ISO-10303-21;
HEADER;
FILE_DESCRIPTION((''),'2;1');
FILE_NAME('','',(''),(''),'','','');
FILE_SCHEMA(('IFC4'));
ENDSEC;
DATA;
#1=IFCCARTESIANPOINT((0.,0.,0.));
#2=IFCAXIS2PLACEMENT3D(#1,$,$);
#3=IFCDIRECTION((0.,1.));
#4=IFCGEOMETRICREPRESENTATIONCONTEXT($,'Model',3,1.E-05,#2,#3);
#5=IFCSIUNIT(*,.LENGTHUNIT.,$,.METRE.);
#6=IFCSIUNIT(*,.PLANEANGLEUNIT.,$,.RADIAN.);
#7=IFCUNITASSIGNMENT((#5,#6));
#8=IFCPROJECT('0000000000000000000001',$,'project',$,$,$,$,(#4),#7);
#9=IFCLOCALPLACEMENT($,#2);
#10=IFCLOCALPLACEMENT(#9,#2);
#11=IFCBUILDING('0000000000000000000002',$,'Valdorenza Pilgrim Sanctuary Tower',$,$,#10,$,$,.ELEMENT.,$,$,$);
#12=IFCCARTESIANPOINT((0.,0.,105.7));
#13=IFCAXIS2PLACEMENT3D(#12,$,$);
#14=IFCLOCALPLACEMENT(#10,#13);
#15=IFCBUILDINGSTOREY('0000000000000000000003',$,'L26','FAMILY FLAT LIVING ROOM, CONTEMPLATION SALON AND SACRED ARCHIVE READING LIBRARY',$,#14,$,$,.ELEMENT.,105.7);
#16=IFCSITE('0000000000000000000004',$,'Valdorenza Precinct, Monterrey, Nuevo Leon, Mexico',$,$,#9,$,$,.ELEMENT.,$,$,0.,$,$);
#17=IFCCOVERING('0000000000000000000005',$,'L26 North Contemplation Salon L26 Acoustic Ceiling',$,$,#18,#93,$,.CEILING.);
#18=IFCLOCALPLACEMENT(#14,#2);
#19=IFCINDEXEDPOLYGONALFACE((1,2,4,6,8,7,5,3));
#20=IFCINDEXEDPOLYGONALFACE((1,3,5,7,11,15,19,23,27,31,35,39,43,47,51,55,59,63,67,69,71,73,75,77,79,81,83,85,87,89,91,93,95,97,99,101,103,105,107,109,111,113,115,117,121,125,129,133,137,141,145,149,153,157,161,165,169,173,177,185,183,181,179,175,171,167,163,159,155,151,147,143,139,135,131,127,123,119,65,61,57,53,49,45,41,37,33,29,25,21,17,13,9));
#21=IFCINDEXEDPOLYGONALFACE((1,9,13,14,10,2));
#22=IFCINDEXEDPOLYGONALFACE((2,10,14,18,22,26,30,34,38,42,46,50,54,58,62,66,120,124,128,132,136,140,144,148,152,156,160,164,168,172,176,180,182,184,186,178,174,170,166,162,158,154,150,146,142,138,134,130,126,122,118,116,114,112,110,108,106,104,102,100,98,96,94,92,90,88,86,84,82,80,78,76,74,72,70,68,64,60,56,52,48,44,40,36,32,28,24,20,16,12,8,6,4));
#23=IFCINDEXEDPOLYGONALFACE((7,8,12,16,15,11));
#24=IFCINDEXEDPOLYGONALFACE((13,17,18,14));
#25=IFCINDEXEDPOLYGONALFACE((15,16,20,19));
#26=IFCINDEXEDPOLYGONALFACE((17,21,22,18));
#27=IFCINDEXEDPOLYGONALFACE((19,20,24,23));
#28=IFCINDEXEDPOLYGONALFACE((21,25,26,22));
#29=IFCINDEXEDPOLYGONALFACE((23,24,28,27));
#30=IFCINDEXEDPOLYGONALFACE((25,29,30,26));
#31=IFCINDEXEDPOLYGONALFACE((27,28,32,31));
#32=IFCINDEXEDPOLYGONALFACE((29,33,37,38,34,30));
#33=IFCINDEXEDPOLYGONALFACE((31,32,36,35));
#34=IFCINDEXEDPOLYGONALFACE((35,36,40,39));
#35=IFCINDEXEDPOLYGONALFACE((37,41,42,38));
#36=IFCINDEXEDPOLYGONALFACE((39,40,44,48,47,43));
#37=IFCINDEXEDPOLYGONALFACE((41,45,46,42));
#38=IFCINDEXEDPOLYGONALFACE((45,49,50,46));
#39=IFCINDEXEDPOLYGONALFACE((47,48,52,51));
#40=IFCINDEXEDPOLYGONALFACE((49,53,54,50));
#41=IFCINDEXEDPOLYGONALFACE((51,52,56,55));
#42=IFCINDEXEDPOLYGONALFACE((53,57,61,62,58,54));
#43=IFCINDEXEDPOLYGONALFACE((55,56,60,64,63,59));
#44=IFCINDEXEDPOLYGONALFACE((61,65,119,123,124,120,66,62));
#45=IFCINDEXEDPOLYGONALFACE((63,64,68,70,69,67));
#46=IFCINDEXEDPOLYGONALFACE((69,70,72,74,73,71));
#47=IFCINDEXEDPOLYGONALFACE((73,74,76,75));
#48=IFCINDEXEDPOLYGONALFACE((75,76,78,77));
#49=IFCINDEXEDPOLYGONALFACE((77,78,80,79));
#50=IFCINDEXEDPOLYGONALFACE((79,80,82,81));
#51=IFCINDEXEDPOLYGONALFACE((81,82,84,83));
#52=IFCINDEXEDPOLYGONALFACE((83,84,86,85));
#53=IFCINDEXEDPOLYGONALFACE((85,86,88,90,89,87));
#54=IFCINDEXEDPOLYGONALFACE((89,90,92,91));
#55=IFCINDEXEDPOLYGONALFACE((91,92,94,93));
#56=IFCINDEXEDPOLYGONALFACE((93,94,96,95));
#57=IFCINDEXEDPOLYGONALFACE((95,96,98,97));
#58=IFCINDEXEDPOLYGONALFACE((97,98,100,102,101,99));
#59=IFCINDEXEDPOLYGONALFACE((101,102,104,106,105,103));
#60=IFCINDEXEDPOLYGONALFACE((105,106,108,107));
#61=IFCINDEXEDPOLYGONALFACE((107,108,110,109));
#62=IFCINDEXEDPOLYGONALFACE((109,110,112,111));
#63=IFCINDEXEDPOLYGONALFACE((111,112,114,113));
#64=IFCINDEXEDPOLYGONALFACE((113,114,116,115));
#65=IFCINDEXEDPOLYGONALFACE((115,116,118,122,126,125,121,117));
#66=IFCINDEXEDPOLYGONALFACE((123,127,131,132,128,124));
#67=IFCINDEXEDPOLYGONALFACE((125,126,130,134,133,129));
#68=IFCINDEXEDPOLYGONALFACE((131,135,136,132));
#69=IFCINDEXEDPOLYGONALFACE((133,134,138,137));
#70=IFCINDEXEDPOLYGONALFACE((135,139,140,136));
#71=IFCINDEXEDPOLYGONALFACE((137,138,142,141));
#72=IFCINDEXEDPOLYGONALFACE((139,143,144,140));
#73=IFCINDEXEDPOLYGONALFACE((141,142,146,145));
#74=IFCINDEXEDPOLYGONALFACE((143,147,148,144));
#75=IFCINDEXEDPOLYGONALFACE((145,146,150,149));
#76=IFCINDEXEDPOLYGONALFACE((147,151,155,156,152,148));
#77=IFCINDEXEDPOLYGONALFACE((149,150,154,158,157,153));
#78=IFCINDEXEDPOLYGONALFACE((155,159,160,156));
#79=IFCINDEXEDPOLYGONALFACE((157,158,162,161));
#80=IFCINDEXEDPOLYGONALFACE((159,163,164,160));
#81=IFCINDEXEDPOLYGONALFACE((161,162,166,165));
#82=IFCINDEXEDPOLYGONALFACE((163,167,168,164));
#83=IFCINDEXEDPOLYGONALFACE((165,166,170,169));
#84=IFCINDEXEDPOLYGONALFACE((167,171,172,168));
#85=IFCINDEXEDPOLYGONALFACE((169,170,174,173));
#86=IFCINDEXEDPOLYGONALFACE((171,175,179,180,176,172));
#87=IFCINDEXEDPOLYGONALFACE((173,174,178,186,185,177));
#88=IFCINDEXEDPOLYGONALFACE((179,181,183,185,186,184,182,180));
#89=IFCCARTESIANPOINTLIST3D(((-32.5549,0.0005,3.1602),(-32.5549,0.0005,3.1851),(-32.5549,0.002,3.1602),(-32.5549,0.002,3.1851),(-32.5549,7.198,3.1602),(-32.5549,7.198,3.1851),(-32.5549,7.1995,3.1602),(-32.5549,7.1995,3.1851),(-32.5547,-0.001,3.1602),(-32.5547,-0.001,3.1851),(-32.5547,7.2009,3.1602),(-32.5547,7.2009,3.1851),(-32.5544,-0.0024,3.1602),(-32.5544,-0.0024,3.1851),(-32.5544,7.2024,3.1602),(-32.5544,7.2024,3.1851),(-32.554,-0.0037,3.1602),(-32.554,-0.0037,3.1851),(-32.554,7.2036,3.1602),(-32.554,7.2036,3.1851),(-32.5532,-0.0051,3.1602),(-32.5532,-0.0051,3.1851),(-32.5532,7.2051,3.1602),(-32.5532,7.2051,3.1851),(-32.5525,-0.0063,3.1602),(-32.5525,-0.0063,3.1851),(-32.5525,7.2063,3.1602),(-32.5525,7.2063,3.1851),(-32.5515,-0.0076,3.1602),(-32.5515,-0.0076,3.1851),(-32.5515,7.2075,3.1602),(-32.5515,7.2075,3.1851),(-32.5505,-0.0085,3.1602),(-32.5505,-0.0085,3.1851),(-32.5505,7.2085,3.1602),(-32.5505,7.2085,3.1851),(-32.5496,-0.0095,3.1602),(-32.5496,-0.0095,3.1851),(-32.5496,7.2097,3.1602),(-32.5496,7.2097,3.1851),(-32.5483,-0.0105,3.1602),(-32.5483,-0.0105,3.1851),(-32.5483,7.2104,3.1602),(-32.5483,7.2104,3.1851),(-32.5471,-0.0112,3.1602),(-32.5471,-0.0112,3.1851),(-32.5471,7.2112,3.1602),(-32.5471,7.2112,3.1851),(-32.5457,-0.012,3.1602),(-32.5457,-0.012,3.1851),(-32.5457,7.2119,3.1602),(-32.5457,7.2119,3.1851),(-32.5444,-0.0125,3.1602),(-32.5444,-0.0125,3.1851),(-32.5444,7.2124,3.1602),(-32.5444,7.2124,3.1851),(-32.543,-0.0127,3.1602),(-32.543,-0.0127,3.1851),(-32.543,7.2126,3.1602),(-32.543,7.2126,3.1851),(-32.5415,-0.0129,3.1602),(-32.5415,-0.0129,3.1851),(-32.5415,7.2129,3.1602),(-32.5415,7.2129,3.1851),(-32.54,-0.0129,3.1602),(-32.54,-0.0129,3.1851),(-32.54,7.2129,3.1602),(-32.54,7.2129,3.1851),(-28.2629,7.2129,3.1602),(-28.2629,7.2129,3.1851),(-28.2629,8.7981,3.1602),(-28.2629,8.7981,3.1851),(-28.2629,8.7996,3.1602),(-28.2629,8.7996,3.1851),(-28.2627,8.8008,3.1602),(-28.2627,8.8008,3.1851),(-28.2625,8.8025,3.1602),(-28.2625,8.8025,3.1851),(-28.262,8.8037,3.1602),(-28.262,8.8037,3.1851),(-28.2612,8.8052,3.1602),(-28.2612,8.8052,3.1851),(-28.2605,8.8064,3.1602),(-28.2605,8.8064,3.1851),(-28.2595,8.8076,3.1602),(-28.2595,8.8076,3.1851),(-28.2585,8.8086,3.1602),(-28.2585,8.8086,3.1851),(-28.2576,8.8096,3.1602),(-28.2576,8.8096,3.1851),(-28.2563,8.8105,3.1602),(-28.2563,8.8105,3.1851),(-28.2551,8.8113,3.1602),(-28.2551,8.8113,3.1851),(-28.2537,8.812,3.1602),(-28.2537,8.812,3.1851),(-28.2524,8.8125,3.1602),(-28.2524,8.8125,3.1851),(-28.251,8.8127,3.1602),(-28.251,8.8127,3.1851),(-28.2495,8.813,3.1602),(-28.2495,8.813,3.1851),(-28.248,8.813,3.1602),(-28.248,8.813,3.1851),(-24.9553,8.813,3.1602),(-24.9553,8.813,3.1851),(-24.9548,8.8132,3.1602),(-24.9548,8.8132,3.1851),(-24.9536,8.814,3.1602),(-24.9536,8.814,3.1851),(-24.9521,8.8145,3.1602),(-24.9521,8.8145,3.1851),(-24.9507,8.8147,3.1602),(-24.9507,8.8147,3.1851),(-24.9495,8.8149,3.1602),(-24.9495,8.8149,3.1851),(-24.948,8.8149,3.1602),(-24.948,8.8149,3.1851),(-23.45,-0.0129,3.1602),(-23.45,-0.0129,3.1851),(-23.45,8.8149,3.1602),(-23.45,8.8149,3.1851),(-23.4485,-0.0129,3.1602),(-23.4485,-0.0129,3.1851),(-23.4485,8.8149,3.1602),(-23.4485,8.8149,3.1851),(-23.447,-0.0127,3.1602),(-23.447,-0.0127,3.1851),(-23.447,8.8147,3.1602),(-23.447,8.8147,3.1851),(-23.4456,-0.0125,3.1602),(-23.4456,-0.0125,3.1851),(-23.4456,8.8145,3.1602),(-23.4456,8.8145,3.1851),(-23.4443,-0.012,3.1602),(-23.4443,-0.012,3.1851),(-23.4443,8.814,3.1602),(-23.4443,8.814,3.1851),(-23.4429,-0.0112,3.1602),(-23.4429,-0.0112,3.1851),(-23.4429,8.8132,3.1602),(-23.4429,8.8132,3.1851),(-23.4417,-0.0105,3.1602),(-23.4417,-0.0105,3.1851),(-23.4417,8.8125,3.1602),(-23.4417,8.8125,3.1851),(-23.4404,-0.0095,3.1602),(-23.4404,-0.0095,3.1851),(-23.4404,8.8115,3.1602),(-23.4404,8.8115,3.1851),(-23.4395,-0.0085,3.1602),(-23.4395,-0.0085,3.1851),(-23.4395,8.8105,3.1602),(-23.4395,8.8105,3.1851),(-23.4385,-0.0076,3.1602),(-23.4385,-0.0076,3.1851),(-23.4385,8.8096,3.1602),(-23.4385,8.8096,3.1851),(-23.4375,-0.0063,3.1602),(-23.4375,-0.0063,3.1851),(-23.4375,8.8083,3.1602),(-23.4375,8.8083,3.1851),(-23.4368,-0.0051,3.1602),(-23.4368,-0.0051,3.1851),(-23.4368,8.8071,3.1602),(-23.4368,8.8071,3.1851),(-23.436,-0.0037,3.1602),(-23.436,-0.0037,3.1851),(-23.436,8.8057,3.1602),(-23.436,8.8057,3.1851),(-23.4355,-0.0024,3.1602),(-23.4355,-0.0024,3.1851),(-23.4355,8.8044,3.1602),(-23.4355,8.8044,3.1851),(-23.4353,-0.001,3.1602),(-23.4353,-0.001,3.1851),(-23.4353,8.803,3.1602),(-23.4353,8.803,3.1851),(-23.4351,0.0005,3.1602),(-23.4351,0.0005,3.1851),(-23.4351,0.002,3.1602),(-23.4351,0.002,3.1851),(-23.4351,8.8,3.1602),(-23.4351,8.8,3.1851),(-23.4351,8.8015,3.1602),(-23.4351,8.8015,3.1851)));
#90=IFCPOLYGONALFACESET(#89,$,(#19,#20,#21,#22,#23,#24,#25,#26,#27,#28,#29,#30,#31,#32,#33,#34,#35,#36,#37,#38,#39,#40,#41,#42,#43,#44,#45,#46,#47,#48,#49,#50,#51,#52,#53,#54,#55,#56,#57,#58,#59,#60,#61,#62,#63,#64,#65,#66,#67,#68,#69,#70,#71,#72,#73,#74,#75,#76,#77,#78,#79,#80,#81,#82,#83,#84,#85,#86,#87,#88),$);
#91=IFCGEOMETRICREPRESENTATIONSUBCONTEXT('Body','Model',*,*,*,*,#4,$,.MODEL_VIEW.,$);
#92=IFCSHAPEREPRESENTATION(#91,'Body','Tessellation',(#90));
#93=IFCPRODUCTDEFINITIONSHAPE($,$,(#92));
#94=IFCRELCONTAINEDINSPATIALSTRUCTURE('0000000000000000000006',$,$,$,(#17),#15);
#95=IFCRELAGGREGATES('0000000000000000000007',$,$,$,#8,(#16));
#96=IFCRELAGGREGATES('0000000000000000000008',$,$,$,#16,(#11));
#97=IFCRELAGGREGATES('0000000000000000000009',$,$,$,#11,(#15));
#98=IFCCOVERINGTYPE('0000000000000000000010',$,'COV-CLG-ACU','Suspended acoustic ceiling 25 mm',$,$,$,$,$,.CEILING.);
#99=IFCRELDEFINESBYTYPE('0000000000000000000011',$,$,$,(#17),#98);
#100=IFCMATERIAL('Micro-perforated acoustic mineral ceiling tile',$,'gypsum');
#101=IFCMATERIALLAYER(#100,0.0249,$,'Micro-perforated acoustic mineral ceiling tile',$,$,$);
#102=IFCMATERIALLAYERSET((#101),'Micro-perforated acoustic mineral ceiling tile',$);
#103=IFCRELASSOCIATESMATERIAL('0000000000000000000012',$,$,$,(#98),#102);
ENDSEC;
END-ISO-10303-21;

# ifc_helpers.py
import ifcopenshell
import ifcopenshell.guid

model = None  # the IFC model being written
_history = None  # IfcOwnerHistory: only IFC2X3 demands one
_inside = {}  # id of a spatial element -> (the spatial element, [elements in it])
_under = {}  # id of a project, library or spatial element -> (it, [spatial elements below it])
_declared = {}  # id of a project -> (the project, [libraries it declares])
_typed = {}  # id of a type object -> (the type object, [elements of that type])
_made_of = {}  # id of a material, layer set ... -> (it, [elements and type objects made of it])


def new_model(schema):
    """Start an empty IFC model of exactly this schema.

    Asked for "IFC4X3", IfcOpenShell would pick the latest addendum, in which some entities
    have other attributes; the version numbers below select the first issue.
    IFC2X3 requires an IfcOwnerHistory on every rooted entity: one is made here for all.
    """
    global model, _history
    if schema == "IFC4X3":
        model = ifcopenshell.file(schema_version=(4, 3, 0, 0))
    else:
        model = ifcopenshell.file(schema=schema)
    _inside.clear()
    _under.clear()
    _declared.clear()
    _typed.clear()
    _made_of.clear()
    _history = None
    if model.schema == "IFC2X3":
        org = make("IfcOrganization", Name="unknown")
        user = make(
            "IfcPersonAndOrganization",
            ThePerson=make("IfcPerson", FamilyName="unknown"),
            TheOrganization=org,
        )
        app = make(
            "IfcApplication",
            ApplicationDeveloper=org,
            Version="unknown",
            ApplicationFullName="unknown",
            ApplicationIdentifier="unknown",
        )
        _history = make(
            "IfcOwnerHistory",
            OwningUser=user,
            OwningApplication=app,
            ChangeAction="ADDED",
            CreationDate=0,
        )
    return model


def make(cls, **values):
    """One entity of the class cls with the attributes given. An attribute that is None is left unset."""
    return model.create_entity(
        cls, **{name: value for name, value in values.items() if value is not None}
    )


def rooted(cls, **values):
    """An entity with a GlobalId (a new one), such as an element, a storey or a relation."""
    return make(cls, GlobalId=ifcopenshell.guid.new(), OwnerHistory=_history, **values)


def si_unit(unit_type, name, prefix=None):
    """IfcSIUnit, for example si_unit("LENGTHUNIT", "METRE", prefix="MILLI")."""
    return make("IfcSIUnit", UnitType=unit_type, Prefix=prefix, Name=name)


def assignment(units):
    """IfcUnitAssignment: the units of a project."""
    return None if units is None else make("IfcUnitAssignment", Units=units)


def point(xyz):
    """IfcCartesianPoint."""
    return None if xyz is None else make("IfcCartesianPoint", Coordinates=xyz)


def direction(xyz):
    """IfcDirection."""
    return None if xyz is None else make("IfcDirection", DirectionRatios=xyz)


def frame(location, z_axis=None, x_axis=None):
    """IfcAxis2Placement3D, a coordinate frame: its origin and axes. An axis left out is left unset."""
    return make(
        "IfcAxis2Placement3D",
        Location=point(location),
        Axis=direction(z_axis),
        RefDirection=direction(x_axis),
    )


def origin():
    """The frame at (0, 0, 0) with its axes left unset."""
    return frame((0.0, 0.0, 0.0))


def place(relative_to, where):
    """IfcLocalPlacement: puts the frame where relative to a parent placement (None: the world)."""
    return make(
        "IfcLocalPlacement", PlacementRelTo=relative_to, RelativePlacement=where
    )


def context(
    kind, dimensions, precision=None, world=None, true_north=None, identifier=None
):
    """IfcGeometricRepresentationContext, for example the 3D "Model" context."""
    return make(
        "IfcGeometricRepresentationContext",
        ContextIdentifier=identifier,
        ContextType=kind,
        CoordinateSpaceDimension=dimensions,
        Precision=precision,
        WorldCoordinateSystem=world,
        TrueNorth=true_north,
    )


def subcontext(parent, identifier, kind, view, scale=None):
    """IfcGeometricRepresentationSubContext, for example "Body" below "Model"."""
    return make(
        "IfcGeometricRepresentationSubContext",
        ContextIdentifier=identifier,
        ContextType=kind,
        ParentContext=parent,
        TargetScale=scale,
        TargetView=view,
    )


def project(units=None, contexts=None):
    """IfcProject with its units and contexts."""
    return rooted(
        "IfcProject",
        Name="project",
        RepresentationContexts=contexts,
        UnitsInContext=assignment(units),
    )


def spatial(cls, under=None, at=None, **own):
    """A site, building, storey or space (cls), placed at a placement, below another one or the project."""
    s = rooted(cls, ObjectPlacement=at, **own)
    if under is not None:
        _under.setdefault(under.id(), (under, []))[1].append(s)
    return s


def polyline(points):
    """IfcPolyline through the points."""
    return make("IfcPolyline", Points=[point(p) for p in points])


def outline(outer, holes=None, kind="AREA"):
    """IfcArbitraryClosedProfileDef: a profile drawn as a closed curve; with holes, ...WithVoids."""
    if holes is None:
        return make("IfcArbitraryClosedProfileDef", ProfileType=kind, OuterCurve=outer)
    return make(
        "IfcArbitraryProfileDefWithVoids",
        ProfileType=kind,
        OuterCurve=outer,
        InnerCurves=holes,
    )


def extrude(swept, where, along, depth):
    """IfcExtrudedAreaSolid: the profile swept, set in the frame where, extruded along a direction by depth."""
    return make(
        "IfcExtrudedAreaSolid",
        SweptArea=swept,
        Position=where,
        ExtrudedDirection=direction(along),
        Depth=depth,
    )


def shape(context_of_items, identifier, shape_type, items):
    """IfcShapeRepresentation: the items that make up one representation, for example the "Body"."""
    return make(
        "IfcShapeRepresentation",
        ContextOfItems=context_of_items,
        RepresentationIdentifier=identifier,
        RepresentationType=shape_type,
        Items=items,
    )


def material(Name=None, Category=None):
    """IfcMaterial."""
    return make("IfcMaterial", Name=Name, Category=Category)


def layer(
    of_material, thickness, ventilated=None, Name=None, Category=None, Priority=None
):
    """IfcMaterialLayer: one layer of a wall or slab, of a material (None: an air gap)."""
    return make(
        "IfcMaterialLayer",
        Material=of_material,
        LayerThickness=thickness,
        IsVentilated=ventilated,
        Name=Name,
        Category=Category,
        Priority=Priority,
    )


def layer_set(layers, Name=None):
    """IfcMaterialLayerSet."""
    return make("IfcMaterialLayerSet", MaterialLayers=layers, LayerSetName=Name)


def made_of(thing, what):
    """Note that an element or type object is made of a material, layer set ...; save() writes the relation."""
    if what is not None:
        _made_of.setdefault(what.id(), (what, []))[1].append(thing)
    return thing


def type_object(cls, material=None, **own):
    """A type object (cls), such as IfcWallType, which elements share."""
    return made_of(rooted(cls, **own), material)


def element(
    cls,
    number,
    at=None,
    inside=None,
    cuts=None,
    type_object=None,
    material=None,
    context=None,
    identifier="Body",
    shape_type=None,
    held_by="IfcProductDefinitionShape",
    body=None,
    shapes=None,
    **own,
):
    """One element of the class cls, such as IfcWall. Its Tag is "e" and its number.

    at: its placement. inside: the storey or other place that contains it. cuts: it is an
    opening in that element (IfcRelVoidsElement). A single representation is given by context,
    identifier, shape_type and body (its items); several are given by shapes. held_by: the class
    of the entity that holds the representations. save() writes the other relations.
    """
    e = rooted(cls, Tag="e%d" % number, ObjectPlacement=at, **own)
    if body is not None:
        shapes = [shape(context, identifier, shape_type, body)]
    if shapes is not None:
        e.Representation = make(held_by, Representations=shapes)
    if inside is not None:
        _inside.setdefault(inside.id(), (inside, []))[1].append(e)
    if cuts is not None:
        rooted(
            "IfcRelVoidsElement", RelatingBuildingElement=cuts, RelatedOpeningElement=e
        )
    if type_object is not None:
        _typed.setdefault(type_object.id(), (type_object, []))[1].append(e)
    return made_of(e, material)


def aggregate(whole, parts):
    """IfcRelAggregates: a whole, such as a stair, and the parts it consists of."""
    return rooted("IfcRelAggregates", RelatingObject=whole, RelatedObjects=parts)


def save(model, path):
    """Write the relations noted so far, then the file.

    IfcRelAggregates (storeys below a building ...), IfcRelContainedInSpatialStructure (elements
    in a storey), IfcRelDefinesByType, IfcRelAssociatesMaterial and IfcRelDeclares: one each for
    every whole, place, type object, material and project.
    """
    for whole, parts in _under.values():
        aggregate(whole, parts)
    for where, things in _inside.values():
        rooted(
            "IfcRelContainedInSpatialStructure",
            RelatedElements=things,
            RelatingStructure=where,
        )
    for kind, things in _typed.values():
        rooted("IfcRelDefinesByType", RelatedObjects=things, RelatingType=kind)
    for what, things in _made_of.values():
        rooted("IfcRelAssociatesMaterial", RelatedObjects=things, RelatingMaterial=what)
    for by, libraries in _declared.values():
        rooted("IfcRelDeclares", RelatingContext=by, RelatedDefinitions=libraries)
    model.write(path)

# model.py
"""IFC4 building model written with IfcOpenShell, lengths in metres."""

from ifc_helpers import new_model, si_unit, direction, frame, origin, place, context, subcontext, project, spatial, polyline, outline, extrude, material, layer, layer_set, type_object, element, save


model = new_model("IFC4")

# Units and contexts
model_context = context("Model", 3, precision=1e-05, world=origin(), true_north=direction((0.0, 1.0)))
body_context = subcontext(model_context, "Body", "Model", "MODEL_VIEW")
ifc_project = project(units=[si_unit("LENGTHUNIT", "METRE"), si_unit("PLANEANGLEUNIT", "RADIAN")], contexts=[model_context])

# Site, building, storey
site_placement = place(None, origin())
site = spatial("IfcSite", under=ifc_project, at=site_placement, Name="Valdorenza Precinct, Monterrey, Nuevo Leon, Mexico", CompositionType="ELEMENT", RefElevation=0.0)
building_placement = place(site_placement, origin())
building = spatial("IfcBuilding", under=site, at=building_placement, Name="Valdorenza Pilgrim Sanctuary Tower", CompositionType="ELEMENT")
storey_placement = place(building_placement, frame((0.0, 0.0, 105.7)))
storey = spatial("IfcBuildingStorey", under=building, at=storey_placement, Name="L26", Description="FAMILY FLAT LIVING ROOM, CONTEMPLATION SALON AND SACRED ARCHIVE READING LIBRARY", CompositionType="ELEMENT", Elevation=105.7)

# Covering
ifc_material_1 = material(Name="Micro-perforated acoustic mineral ceiling tile", Category="gypsum")
ifc_layer_1 = layer(ifc_material_1, 0.0249, Name="Micro-perforated acoustic mineral ceiling tile")
ifc_layer_set_1 = layer_set([ifc_layer_1], Name="Micro-perforated acoustic mineral ceiling tile")
covering_type_1 = type_object("IfcCoveringType", Name="COV-CLG-ACU", Description="Suspended acoustic ceiling 25 mm", PredefinedType="CEILING", material=ifc_layer_set_1)
covering_1_placement = place(storey_placement, frame((0.0, 0.0, 3.1602)))
element("IfcCovering", 1, at=covering_1_placement, inside=storey, type_object=covering_type_1, Name="L26 North Contemplation Salon L26 Acoustic Ceiling", PredefinedType="CEILING", context=body_context, shape_type="SweptSolid", body=[
    extrude(outline(polyline([(-28.2629, 7.2129), (-28.2629, 8.7981), (-28.2629, 8.7996), (-28.2627, 8.8008), (-28.2625, 8.8025), (-28.262, 8.8037), (-28.2612, 8.8052), (-28.2605, 8.8064), (-28.2595, 8.8076), (-28.2585, 8.8086), (-28.2576, 8.8096), (-28.2563, 8.8105), (-28.2551, 8.8113), (-28.2537, 8.812), (-28.2524, 8.8125), (-28.251, 8.8127), (-28.2495, 8.813), (-28.248, 8.813), (-24.9553, 8.813), (-24.9548, 8.8132), (-24.9536, 8.814), (-24.9521, 8.8145), (-24.9507, 8.8147), (-24.9495, 8.8149), (-24.948, 8.8149), (-23.45, 8.8149), (-23.4485, 8.8149), (-23.447, 8.8147), (-23.4456, 8.8145), (-23.4443, 8.814), (-23.4429, 8.8132), (-23.4417, 8.8125), (-23.4404, 8.8115), (-23.4395, 8.8105), (-23.4385, 8.8096), (-23.4375, 8.8083), (-23.4368, 8.8071), (-23.436, 8.8057), (-23.4355, 8.8044), (-23.4353, 8.803), (-23.4351, 8.8015), (-23.4351, 8.8), (-23.4351, 0.002), (-23.4351, 0.0005), (-23.4353, -0.001), (-23.4355, -0.0024), (-23.436, -0.0037), (-23.4368, -0.0051), (-23.4375, -0.0063), (-23.4385, -0.0076), (-23.4395, -0.0085), (-23.4404, -0.0095), (-23.4417, -0.0105), (-23.4429, -0.0112), (-23.4443, -0.012), (-23.4456, -0.0125), (-23.447, -0.0127), (-23.4485, -0.0129), (-23.45, -0.0129), (-32.54, -0.0129), (-32.5415, -0.0129), (-32.543, -0.0127), (-32.5444, -0.0125), (-32.5457, -0.012), (-32.5471, -0.0112), (-32.5483, -0.0105), (-32.5496, -0.0095), (-32.5505, -0.0085), (-32.5515, -0.0076), (-32.5525, -0.0063), (-32.5532, -0.0051), (-32.554, -0.0037), (-32.5544, -0.0024), (-32.5547, -0.001), (-32.5549, 0.0005), (-32.5549, 0.002), (-32.5549, 7.198), (-32.5549, 7.1995), (-32.5547, 7.2009), (-32.5544, 7.2024), (-32.554, 7.2036), (-32.5532, 7.2051), (-32.5525, 7.2063), (-32.5515, 7.2075), (-32.5505, 7.2085), (-32.5496, 7.2097), (-32.5483, 7.2104), (-32.5471, 7.2112), (-32.5457, 7.2119), (-32.5444, 7.2124), (-32.543, 7.2126), (-32.5415, 7.2129), (-32.54, 7.2129), (-28.2629, 7.2129)])), origin(), (0.0, 0.0, 1.0), 0.0249),
])

save(model, "model.ifc")
